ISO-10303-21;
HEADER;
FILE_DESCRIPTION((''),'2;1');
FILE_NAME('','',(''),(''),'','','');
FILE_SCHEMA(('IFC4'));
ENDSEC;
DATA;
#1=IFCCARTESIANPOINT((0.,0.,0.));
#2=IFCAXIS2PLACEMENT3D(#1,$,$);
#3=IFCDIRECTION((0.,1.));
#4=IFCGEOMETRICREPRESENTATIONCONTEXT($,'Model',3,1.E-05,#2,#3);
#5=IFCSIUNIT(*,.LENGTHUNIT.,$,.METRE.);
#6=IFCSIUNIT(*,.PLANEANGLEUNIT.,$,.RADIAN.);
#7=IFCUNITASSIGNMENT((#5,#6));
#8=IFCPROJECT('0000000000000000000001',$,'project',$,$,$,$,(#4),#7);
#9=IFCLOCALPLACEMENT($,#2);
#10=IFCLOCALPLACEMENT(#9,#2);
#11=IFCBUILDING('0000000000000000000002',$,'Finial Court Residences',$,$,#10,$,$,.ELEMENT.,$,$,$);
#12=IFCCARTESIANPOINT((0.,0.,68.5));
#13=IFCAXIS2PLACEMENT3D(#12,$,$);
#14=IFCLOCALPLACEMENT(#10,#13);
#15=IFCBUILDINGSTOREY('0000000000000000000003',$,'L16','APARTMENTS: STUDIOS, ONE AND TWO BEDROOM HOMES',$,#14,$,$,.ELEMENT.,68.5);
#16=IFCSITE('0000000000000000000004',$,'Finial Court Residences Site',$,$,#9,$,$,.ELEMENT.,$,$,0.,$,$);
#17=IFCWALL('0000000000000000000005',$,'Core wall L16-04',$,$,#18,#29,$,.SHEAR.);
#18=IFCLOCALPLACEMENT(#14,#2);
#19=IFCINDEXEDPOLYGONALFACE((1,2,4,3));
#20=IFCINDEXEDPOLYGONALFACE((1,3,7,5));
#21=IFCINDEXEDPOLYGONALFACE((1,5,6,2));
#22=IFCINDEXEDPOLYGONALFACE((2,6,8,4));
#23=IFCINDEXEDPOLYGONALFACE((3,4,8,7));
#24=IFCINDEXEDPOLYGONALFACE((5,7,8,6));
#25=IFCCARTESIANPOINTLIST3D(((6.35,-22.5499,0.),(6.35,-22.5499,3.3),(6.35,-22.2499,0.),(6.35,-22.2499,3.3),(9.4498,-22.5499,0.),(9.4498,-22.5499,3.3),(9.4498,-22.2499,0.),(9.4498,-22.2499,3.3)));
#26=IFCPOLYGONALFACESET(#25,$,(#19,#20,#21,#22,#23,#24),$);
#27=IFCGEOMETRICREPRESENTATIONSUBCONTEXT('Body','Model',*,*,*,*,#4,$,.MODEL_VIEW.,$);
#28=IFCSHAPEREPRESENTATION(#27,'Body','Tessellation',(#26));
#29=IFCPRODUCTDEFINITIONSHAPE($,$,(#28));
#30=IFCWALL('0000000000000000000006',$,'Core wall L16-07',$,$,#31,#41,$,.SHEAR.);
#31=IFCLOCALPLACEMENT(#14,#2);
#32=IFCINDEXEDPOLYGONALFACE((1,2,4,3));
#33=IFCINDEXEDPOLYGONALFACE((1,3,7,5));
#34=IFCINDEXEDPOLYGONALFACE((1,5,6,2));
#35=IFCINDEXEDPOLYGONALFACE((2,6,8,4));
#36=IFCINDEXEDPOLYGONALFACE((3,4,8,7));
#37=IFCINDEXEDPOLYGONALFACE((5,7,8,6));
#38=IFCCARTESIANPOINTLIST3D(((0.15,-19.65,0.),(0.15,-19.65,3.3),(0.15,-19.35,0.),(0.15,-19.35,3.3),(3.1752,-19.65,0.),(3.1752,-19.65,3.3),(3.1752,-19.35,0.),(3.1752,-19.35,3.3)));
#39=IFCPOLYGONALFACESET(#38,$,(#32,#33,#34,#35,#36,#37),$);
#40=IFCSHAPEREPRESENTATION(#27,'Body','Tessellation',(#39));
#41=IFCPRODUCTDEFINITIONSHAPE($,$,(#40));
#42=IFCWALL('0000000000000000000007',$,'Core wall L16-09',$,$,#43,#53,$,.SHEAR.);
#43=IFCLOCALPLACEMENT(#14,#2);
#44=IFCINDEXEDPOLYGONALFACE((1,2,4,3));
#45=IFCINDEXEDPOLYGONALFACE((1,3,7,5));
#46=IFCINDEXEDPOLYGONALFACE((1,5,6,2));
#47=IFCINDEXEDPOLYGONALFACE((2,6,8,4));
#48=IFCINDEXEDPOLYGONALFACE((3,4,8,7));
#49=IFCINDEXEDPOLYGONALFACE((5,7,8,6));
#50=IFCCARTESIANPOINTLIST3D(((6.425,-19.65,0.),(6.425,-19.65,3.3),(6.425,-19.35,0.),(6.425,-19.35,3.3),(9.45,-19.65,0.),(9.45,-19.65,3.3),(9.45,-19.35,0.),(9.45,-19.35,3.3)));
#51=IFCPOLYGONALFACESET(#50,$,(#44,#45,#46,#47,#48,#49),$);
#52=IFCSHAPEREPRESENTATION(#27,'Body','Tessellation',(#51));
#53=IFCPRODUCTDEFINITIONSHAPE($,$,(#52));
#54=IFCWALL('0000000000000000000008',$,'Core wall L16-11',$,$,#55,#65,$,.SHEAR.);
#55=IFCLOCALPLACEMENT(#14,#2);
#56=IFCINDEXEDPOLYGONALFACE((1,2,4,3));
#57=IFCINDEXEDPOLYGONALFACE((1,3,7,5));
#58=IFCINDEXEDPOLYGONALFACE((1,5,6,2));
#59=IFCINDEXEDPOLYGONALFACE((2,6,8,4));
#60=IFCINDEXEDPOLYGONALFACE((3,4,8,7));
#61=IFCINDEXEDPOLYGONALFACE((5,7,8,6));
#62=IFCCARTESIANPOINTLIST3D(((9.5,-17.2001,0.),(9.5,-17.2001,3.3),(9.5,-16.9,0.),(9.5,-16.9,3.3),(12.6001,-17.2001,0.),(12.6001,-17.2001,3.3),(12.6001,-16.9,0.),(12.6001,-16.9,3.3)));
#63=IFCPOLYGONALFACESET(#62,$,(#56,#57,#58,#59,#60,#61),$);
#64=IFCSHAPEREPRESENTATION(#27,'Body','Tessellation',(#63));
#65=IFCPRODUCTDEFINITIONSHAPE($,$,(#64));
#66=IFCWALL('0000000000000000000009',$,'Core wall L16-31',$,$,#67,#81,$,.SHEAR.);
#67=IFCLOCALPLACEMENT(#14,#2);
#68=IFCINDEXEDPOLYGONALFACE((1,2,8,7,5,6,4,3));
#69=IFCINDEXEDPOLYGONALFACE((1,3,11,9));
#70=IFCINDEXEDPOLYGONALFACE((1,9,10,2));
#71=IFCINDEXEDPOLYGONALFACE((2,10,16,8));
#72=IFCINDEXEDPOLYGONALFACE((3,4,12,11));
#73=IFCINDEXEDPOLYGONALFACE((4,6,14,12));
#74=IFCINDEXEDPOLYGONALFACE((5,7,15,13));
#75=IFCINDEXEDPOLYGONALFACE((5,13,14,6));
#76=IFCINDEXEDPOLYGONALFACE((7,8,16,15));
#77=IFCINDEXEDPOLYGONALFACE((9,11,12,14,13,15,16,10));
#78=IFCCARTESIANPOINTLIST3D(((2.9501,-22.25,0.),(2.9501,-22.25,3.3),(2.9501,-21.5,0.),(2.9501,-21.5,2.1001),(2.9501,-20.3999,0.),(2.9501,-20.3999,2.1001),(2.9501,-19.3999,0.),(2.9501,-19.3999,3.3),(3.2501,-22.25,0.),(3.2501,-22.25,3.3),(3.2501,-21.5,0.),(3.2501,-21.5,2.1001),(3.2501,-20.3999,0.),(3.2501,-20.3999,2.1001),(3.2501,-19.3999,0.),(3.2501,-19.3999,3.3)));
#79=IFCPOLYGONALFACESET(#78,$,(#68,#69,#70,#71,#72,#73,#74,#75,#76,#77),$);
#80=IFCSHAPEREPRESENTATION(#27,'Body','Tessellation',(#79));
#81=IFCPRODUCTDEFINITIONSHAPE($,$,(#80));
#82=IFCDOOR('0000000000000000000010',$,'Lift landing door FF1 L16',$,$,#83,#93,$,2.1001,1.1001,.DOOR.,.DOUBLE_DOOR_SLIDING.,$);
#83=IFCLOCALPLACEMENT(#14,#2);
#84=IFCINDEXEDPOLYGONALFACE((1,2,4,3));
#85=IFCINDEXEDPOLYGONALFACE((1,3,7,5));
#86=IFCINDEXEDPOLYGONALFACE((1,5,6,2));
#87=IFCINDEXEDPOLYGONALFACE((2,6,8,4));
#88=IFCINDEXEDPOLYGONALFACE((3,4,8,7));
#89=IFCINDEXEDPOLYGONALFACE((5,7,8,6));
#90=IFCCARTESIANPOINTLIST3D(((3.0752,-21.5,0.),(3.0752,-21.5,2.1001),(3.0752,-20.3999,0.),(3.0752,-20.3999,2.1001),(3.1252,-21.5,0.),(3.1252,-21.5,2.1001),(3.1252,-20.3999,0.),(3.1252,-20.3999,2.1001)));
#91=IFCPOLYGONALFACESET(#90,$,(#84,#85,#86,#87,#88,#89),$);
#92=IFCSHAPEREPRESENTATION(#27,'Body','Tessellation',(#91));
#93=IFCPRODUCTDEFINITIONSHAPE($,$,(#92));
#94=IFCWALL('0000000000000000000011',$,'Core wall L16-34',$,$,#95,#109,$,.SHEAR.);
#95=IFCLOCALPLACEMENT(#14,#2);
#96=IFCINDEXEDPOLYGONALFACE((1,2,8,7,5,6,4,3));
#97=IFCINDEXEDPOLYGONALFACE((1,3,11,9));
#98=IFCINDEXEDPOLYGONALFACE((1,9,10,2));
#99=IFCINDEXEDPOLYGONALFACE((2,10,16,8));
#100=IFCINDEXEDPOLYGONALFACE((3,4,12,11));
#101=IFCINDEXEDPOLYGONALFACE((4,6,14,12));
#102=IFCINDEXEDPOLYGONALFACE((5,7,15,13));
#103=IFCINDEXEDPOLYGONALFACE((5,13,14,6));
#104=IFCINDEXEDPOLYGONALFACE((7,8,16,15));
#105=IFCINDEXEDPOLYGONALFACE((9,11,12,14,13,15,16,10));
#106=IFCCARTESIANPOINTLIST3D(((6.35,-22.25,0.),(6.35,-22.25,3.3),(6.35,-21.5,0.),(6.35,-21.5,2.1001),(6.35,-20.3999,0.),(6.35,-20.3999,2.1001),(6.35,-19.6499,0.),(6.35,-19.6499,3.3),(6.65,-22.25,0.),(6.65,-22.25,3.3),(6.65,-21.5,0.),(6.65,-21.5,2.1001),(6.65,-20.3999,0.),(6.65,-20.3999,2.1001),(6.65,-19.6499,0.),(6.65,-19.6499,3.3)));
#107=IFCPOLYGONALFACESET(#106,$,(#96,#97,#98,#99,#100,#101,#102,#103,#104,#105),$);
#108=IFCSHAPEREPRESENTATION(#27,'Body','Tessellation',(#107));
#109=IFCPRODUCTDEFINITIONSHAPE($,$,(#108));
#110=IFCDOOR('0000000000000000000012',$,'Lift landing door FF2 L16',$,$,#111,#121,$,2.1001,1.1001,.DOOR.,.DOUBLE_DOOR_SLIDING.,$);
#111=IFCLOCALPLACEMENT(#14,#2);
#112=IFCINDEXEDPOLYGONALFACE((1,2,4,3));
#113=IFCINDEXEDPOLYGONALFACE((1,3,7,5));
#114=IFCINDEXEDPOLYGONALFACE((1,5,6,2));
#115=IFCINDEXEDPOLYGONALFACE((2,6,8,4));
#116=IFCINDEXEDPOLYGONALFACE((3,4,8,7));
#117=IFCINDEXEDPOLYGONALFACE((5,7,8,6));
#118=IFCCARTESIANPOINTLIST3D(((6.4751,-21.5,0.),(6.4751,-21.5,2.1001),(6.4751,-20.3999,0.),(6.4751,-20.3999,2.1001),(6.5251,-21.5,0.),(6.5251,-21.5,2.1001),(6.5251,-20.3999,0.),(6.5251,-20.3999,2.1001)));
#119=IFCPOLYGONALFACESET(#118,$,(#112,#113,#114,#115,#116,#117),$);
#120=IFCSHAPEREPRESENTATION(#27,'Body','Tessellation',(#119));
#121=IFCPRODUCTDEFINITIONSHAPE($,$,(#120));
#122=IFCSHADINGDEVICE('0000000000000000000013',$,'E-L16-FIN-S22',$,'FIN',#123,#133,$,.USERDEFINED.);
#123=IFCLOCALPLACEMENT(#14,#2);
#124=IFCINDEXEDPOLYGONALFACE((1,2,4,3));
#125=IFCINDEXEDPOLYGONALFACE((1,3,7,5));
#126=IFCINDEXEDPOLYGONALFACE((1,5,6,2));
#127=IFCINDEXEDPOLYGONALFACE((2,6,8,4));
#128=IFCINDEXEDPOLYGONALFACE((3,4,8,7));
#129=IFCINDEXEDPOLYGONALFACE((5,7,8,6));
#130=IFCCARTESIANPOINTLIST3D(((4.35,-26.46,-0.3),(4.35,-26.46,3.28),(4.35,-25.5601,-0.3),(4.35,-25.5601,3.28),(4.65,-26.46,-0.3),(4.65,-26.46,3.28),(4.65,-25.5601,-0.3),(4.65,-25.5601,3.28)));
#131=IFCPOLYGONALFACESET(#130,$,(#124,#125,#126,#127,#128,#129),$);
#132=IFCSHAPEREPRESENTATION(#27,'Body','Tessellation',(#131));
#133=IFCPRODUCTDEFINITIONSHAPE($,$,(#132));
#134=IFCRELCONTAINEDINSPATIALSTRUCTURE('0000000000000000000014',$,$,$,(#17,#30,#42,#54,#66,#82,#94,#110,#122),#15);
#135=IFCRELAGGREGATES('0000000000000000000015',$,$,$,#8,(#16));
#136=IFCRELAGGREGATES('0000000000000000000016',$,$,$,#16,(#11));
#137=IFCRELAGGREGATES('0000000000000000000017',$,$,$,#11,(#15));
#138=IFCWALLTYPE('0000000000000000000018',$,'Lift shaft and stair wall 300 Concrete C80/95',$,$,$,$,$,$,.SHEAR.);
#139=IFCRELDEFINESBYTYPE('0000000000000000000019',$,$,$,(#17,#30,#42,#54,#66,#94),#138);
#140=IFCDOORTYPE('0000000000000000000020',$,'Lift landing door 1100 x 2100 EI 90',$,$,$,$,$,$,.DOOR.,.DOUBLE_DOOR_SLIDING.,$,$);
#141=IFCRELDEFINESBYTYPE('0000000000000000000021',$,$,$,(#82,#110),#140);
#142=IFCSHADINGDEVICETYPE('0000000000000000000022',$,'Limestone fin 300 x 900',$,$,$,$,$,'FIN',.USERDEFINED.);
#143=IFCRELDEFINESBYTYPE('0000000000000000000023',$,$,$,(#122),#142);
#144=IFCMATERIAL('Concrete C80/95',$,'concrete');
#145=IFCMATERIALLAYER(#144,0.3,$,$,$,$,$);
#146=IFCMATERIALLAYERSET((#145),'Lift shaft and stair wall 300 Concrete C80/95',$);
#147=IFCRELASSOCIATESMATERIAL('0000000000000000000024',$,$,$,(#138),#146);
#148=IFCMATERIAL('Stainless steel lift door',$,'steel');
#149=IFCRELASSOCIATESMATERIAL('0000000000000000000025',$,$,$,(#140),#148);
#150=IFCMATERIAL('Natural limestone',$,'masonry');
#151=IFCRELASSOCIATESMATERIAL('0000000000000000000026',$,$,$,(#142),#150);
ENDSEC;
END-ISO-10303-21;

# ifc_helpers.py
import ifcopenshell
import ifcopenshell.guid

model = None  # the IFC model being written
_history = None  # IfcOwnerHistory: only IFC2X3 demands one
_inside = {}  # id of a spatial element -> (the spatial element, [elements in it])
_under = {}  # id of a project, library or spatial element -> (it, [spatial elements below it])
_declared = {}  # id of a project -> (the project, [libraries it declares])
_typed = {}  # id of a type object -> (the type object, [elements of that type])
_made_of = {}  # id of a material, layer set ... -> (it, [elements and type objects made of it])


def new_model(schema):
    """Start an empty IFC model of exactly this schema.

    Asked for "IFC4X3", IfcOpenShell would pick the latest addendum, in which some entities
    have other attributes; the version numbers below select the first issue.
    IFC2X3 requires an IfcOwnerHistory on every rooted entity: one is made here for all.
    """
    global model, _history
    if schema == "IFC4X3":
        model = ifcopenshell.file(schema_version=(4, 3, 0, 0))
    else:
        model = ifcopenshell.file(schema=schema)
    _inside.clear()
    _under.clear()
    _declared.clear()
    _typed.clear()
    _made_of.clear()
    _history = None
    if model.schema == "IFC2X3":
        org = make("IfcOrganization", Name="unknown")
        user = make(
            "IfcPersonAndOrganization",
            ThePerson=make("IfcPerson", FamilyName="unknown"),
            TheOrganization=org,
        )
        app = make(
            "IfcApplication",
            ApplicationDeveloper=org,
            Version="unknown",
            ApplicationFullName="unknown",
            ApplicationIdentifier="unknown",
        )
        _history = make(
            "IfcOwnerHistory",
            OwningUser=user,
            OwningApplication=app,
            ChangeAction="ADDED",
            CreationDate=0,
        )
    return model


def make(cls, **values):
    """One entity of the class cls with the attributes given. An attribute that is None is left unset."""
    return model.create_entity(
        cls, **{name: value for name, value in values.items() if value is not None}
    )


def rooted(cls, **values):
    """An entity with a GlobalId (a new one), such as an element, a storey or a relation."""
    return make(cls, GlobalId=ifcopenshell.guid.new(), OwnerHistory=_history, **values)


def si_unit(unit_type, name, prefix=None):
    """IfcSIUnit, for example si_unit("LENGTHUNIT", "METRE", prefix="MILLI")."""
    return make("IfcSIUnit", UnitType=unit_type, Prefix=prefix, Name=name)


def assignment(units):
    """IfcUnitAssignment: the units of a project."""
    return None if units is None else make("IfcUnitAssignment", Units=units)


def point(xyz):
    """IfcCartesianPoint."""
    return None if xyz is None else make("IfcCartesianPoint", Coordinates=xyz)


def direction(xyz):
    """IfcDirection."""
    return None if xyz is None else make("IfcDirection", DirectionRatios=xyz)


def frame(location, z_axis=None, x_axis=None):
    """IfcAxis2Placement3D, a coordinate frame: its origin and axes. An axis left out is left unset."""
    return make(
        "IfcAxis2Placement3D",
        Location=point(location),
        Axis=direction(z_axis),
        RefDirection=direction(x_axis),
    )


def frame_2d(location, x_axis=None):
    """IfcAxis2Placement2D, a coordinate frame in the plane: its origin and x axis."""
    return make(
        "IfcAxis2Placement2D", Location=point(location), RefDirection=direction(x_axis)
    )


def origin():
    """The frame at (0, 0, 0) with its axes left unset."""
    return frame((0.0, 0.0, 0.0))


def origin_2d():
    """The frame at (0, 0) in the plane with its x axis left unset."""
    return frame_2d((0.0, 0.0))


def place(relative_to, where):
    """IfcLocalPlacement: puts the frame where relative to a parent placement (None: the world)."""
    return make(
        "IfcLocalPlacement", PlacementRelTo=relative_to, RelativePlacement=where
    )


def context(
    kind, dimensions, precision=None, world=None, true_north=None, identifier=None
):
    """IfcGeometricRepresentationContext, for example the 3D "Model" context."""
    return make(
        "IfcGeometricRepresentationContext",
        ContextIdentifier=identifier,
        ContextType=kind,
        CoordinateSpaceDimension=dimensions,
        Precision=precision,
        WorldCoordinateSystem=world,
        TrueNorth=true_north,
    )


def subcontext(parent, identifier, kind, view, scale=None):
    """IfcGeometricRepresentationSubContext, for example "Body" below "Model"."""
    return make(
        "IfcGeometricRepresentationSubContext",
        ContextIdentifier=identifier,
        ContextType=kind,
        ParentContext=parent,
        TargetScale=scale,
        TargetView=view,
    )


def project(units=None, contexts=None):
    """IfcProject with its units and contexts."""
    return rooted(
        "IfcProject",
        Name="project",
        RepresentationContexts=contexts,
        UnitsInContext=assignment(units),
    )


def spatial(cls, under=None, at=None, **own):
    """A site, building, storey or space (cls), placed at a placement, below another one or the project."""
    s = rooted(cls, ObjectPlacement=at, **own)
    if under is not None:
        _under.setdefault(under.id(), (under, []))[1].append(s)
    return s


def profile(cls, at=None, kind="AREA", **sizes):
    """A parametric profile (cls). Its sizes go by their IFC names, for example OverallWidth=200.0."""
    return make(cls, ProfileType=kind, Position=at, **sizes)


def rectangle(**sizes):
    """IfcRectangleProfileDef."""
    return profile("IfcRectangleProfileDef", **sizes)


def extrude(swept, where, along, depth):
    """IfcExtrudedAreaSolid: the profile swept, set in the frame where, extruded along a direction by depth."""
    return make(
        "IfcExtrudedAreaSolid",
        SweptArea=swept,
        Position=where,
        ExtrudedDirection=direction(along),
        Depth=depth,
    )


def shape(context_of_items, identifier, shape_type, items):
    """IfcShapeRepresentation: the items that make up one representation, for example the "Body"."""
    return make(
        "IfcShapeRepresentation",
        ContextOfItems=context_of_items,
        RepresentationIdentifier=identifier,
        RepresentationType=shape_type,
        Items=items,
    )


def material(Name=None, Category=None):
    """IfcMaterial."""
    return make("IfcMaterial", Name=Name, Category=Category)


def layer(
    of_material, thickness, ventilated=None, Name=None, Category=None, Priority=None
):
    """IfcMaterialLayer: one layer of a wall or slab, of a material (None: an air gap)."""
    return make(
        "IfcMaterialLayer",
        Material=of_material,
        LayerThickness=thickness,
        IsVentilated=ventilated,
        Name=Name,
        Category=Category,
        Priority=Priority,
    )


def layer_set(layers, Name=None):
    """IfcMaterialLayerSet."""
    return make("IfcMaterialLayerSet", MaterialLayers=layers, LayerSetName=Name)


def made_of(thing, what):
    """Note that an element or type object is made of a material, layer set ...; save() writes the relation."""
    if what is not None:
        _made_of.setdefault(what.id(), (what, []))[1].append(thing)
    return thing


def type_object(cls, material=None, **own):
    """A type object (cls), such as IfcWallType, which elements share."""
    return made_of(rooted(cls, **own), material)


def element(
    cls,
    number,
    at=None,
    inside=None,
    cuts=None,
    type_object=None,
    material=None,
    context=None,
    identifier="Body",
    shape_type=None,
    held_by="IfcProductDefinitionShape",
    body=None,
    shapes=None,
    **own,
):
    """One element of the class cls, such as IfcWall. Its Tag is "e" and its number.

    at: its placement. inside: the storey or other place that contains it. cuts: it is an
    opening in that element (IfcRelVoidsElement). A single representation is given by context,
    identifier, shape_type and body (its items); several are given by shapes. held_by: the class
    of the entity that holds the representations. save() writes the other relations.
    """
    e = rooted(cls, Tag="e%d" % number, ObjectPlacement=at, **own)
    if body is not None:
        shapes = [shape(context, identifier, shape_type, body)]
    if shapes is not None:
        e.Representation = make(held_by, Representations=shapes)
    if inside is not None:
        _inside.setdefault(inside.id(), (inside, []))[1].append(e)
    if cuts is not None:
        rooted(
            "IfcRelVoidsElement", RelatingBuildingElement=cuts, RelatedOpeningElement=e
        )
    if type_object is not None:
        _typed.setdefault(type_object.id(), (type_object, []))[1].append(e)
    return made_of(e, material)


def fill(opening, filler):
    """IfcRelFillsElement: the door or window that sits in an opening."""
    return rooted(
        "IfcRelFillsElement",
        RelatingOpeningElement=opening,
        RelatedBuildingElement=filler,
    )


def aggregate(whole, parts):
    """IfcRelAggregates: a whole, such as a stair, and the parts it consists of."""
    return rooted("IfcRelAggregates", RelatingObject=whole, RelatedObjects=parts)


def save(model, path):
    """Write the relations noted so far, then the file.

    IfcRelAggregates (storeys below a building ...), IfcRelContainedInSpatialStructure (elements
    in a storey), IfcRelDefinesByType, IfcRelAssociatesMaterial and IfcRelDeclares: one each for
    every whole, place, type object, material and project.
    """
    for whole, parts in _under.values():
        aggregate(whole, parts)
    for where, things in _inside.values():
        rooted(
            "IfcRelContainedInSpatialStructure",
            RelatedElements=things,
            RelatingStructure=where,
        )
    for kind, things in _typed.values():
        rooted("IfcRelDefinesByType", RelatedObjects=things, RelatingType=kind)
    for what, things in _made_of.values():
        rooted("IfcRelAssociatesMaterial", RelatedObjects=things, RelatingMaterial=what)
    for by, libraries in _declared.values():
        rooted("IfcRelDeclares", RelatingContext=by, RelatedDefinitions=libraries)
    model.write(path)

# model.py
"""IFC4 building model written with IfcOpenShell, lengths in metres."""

from ifc_helpers import new_model, si_unit, direction, frame, frame_2d, origin, origin_2d, place, context, subcontext, project, spatial, rectangle, extrude, material, layer, layer_set, type_object, element, fill, save


model = new_model("IFC4")

# Units and contexts
model_context = context("Model", 3, precision=1e-05, world=origin(), true_north=direction((0.0, 1.0)))
body_context = subcontext(model_context, "Body", "Model", "MODEL_VIEW")
ifc_project = project(units=[si_unit("LENGTHUNIT", "METRE"), si_unit("PLANEANGLEUNIT", "RADIAN")], contexts=[model_context])

# Site, building, storey
site_placement = place(None, origin())
site = spatial("IfcSite", under=ifc_project, at=site_placement, Name="Finial Court Residences Site", CompositionType="ELEMENT", RefElevation=0.0)
building_placement = place(site_placement, origin())
building = spatial("IfcBuilding", under=site, at=building_placement, Name="Finial Court Residences", CompositionType="ELEMENT")
storey_placement = place(building_placement, frame((0.0, 0.0, 68.5)))
storey = spatial("IfcBuildingStorey", under=building, at=storey_placement, Name="L16", Description="APARTMENTS: STUDIOS, ONE AND TWO BEDROOM HOMES", CompositionType="ELEMENT", Elevation=68.5)

# Walls
ifc_material_1 = material(Name="Concrete C80/95", Category="concrete")
ifc_layer_1 = layer(ifc_material_1, 0.3)
ifc_layer_set_1 = layer_set([ifc_layer_1], Name="Lift shaft and stair wall 300 Concrete C80/95")
wall_type_1 = type_object("IfcWallType", Name="Lift shaft and stair wall 300 Concrete C80/95", PredefinedType="SHEAR", material=ifc_layer_set_1)
wall_1_placement = place(storey_placement, frame((6.3501, -22.3999, 0.0), z_axis=(0.0, 0.0, 1.0), x_axis=(1.0, 0.0, 0.0)))
element("IfcWall", 1, at=wall_1_placement, inside=storey, type_object=wall_type_1, Name="Core wall L16-04", PredefinedType="SHEAR", context=body_context, shape_type="SweptSolid", body=[
    extrude(rectangle(XDim=3.0999, YDim=0.3, at=frame_2d((1.5498, 0.0))), origin(), (0.0, 0.0, 1.0), 3.3),
])
wall_2_placement = place(storey_placement, frame((0.1499, -19.5, 0.0), z_axis=(0.0, 0.0, 1.0), x_axis=(1.0, 0.0, 0.0)))
element("IfcWall", 2, at=wall_2_placement, inside=storey, type_object=wall_type_1, Name="Core wall L16-07", PredefinedType="SHEAR", context=body_context, shape_type="SweptSolid", body=[
    extrude(rectangle(XDim=3.0251, YDim=0.3, at=frame_2d((1.5127, 0.0))), origin(), (0.0, 0.0, 1.0), 3.3),
])
wall_3_placement = place(storey_placement, frame((6.425, -19.5, 0.0), z_axis=(0.0, 0.0, 1.0), x_axis=(1.0, 0.0, 0.0)))
element("IfcWall", 3, at=wall_3_placement, inside=storey, type_object=wall_type_1, Name="Core wall L16-09", PredefinedType="SHEAR", context=body_context, shape_type="SweptSolid", body=[
    extrude(rectangle(XDim=3.0249, YDim=0.3, at=frame_2d((1.5125, 0.0))), origin(), (0.0, 0.0, 1.0), 3.3),
])
wall_4_placement = place(storey_placement, frame((9.5, -17.05, 0.0), z_axis=(0.0, 0.0, 1.0), x_axis=(1.0, 0.0, 0.0)))
element("IfcWall", 4, at=wall_4_placement, inside=storey, type_object=wall_type_1, Name="Core wall L16-11", PredefinedType="SHEAR", context=body_context, shape_type="SweptSolid", body=[
    extrude(rectangle(XDim=3.1001, YDim=0.3, at=frame_2d((1.55, 0.0))), origin(), (0.0, 0.0, 1.0), 3.3),
])

# Walls, openings, doors
wall_5_placement = place(storey_placement, frame((3.1001, -22.25, 0.0), z_axis=(0.0, 0.0, 1.0), x_axis=(0.0, 1.0, 0.0)))
wall_5 = element("IfcWall", 5, at=wall_5_placement, inside=storey, type_object=wall_type_1, Name="Core wall L16-31", PredefinedType="SHEAR", context=body_context, shape_type="SweptSolid", body=[
    extrude(rectangle(XDim=2.8501, YDim=0.3, at=frame_2d((1.425, 0.0))), origin(), (0.0, 0.0, 1.0), 3.3),
])
opening_1_placement = place(wall_5_placement, frame((0.75, 0.0, 0.0)))
opening_1 = element("IfcOpeningElement", 6, at=opening_1_placement, cuts=wall_5, PredefinedType="OPENING", context=body_context, shape_type="SweptSolid", body=[
    extrude(rectangle(XDim=1.1001, YDim=2.1001, at=frame_2d((0.55, 1.05))), frame((0.0, 0.1599, 0.0), z_axis=(0.0, -1.0, 0.0), x_axis=(1.0, 0.0, 0.0)), (0.0, 0.0, 1.0), 0.3201),
])
ifc_material_2 = material(Name="Stainless steel lift door", Category="steel")
door_type_1 = type_object("IfcDoorType", Name="Lift landing door 1100 x 2100 EI 90", OperationType="DOUBLE_DOOR_SLIDING", PredefinedType="DOOR", material=ifc_material_2)
door_1_placement = place(opening_1_placement, origin())
door_1 = element("IfcDoor", 7, at=door_1_placement, inside=storey, type_object=door_type_1, Name="Lift landing door FF1 L16", OperationType="DOUBLE_DOOR_SLIDING", OverallHeight=2.1001, OverallWidth=1.1001, PredefinedType="DOOR", context=body_context, shape_type="SweptSolid", body=[
    extrude(rectangle(XDim=1.1001, YDim=2.1001, at=frame_2d((0.55, 1.05))), frame((0.0, 0.0249, 0.0), z_axis=(0.0, -1.0, 0.0), x_axis=(1.0, 0.0, 0.0)), (0.0, 0.0, 1.0), 0.05),
])
fill(opening_1, door_1)
wall_6_placement = place(storey_placement, frame((6.5, -22.25, 0.0), z_axis=(0.0, 0.0, 1.0), x_axis=(0.0, 1.0, 0.0)))
wall_6 = element("IfcWall", 8, at=wall_6_placement, inside=storey, type_object=wall_type_1, Name="Core wall L16-34", PredefinedType="SHEAR", context=body_context, shape_type="SweptSolid", body=[
    extrude(rectangle(XDim=2.6001, YDim=0.3, at=frame_2d((1.3, 0.0))), origin(), (0.0, 0.0, 1.0), 3.3),
])
opening_2_placement = place(wall_6_placement, frame((0.75, 0.0, 0.0)))
opening_2 = element("IfcOpeningElement", 9, at=opening_2_placement, cuts=wall_6, PredefinedType="OPENING", context=body_context, shape_type="SweptSolid", body=[
    extrude(rectangle(XDim=1.1001, YDim=2.1001, at=frame_2d((0.55, 1.05))), frame((0.0, 0.1599, 0.0), z_axis=(0.0, -1.0, 0.0), x_axis=(1.0, 0.0, 0.0)), (0.0, 0.0, 1.0), 0.3201),
])
door_2_placement = place(opening_2_placement, origin())
door_2 = element("IfcDoor", 10, at=door_2_placement, inside=storey, type_object=door_type_1, Name="Lift landing door FF2 L16", OperationType="DOUBLE_DOOR_SLIDING", OverallHeight=2.1001, OverallWidth=1.1001, PredefinedType="DOOR", context=body_context, shape_type="SweptSolid", body=[
    extrude(rectangle(XDim=1.1001, YDim=2.1001, at=frame_2d((0.55, 1.05))), frame((0.0, 0.0249, 0.0), z_axis=(0.0, -1.0, 0.0), x_axis=(1.0, 0.0, 0.0)), (0.0, 0.0, 1.0), 0.05),
])
fill(opening_2, door_2)

# Shading device
ifc_material_3 = material(Name="Natural limestone", Category="masonry")
shading_device_type = type_object("IfcShadingDeviceType", Name="Limestone fin 300 x 900", ElementType="FIN", PredefinedType="USERDEFINED", material=ifc_material_3)
shading_device_placement = place(storey_placement, frame((4.5, -26.01, -0.3), z_axis=(0.0, 0.0, 1.0), x_axis=(1.0, 0.0, 0.0)))
element("IfcShadingDevice", 11, at=shading_device_placement, inside=storey, type_object=shading_device_type, Name="E-L16-FIN-S22", ObjectType="FIN", PredefinedType="USERDEFINED", context=body_context, shape_type="SweptSolid", body=[
    extrude(rectangle(XDim=0.3, YDim=0.8999, at=origin_2d()), origin(), (0.0, 0.0, 1.0), 3.5801),
])

save(model, "model.ifc")
